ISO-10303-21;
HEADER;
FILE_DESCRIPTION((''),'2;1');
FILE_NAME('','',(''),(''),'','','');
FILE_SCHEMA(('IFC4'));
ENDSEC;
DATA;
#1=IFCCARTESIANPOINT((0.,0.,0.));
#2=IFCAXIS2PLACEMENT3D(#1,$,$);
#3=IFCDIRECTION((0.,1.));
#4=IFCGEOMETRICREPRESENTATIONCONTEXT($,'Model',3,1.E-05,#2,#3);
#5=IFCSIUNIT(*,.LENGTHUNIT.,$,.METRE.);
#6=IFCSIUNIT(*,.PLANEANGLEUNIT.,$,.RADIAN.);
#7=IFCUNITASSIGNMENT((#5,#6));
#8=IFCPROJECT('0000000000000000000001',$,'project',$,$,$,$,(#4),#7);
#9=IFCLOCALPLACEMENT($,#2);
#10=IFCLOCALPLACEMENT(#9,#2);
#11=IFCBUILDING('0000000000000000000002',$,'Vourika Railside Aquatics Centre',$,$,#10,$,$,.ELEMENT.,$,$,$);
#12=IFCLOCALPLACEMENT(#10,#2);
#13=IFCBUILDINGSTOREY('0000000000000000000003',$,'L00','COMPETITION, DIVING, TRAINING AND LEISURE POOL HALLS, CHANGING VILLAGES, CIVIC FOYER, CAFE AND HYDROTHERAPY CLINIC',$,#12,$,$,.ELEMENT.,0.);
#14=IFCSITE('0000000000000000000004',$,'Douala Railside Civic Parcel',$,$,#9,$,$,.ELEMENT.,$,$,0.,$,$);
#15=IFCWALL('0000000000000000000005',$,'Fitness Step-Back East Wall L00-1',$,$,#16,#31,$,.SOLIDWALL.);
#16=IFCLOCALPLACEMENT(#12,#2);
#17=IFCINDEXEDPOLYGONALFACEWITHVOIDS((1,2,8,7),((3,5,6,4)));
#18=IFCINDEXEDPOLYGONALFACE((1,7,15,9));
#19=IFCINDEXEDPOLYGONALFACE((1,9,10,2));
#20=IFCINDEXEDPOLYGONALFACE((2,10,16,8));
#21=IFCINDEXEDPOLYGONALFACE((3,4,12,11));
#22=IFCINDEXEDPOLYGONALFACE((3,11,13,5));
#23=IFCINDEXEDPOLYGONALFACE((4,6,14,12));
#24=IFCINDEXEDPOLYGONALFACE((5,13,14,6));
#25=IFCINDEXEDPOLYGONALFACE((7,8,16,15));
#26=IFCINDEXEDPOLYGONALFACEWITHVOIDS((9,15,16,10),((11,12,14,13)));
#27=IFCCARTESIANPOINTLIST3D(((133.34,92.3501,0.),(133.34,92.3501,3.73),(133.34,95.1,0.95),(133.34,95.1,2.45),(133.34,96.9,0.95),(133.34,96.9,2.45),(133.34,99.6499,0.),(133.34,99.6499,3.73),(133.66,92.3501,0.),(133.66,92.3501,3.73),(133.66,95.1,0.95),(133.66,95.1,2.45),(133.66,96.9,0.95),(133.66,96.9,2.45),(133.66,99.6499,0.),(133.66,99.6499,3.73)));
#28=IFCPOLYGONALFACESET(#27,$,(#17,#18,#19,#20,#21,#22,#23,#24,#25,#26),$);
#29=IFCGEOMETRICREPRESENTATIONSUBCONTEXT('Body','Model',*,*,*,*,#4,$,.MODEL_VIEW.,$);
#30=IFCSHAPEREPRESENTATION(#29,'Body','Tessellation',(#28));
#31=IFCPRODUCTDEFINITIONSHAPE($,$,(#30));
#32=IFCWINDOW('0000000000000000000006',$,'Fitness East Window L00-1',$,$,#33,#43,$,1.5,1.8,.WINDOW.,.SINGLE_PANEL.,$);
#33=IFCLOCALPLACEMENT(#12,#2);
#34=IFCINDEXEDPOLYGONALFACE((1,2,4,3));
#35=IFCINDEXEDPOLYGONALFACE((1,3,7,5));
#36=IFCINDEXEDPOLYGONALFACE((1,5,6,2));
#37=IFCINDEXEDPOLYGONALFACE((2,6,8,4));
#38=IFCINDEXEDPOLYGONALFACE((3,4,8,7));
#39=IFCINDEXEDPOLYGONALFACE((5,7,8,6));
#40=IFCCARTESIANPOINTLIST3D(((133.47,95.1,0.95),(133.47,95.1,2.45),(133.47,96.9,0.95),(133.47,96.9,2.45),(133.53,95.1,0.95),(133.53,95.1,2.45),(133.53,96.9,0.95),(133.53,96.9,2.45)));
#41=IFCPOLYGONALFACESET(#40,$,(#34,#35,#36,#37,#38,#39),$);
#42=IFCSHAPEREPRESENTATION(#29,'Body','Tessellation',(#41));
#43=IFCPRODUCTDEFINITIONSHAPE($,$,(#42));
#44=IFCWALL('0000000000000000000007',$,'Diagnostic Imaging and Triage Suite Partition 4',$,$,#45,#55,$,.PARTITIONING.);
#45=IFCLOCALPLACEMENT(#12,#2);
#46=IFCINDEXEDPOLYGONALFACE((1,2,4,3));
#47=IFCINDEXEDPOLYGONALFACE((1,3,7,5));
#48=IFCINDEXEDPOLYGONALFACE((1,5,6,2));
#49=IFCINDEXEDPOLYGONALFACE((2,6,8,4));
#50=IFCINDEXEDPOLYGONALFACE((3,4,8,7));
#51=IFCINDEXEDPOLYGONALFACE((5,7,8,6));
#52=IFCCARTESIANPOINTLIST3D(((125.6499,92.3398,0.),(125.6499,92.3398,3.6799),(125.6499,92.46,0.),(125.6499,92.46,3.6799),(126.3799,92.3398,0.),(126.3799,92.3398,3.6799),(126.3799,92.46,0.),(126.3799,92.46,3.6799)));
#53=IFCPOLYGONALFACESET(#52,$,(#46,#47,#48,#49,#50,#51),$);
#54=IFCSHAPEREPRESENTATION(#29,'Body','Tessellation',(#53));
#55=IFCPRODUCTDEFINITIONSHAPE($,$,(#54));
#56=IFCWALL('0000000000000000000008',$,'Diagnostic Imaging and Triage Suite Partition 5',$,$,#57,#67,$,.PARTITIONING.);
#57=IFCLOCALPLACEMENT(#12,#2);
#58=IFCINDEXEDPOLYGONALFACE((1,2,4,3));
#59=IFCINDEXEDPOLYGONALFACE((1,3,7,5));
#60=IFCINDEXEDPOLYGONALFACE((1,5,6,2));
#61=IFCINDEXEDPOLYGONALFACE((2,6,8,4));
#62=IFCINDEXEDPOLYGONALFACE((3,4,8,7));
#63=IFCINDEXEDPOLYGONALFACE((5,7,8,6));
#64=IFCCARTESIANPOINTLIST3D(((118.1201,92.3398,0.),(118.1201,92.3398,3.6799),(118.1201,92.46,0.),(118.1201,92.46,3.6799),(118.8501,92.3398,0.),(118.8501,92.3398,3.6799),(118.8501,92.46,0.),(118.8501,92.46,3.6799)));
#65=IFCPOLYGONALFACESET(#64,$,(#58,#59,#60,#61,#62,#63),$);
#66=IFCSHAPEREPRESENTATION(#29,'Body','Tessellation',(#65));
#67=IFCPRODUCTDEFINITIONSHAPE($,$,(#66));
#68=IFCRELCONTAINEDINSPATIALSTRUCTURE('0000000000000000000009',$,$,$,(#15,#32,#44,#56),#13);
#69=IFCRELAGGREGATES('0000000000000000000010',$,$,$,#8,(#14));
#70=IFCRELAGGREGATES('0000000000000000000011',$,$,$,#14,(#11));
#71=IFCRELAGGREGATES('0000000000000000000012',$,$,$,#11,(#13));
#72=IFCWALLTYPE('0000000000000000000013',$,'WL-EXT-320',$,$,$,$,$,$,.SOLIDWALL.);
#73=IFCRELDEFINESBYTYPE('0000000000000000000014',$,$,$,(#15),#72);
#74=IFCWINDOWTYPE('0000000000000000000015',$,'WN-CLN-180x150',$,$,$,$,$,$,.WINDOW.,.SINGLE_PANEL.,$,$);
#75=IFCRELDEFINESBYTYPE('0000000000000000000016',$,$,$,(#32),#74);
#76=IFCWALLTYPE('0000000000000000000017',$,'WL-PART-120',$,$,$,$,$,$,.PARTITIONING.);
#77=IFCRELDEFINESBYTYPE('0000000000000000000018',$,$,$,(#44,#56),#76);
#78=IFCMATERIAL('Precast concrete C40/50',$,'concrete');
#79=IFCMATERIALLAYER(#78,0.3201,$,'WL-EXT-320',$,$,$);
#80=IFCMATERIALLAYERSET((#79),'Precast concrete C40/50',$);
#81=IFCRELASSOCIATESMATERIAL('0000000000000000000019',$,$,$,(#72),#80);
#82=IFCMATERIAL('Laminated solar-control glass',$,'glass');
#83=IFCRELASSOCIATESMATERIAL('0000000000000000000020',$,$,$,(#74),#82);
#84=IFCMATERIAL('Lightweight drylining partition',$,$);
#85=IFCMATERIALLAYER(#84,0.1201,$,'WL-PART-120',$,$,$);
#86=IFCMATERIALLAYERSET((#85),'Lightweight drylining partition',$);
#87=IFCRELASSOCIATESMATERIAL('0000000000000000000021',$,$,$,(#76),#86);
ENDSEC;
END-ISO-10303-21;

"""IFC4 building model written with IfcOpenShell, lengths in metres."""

from ifc_helpers import new_model, si_unit, direction, frame, frame_2d, origin, place, context, subcontext, project, spatial, rectangle, extrude, material, layer, layer_set, type_object, element, fill, save


model = new_model("IFC4")

# Units and contexts
model_context = context("Model", 3, precision=1e-05, world=origin(), true_north=direction((0.0, 1.0)))
body_context = subcontext(model_context, "Body", "Model", "MODEL_VIEW")
ifc_project = project(units=[si_unit("LENGTHUNIT", "METRE"), si_unit("PLANEANGLEUNIT", "RADIAN")], contexts=[model_context])

# Site, building, storey
site_placement = place(None, origin())
site = spatial("IfcSite", under=ifc_project, at=site_placement, Name="Douala Railside Civic Parcel", CompositionType="ELEMENT", RefElevation=0.0)
building_placement = place(site_placement, origin())
building = spatial("IfcBuilding", under=site, at=building_placement, Name="Vourika Railside Aquatics Centre", CompositionType="ELEMENT")
storey_placement = place(building_placement, origin())
storey = spatial("IfcBuildingStorey", under=building, at=storey_placement, Name="L00", Description="COMPETITION, DIVING, TRAINING AND LEISURE POOL HALLS, CHANGING VILLAGES, CIVIC FOYER, CAFE AND HYDROTHERAPY CLINIC", CompositionType="ELEMENT", Elevation=0.0)

# Wall, opening, window
ifc_material_1 = material(Name="Precast concrete C40/50", Category="concrete")
ifc_layer_1 = layer(ifc_material_1, 0.3201, Name="WL-EXT-320")
ifc_layer_set_1 = layer_set([ifc_layer_1], Name="Precast concrete C40/50")
wall_type_1 = type_object("IfcWallType", Name="WL-EXT-320", PredefinedType="SOLIDWALL", material=ifc_layer_set_1)
wall_placement = place(storey_placement, frame((133.5, 92.3501, 0.0), z_axis=(0.0, 0.0, 1.0), x_axis=(0.0, 1.0, 0.0)))
wall = element("IfcWall", 1, at=wall_placement, inside=storey, type_object=wall_type_1, Name="Fitness Step-Back East Wall L00-1", PredefinedType="SOLIDWALL", context=body_context, shape_type="SweptSolid", body=[
    extrude(rectangle(XDim=7.2998, YDim=0.3201, at=frame_2d((3.6499, 0.0))), origin(), (0.0, 0.0, 1.0), 3.73),
])
opening_placement = place(wall_placement, frame((2.75, 0.0, 0.95)))
opening = element("IfcOpeningElement", 2, at=opening_placement, cuts=wall, PredefinedType="OPENING", context=body_context, shape_type="SweptSolid", body=[
    extrude(rectangle(XDim=1.8, YDim=1.5, at=frame_2d((0.8999, 0.75))), frame((0.0, 0.1699, 0.0), z_axis=(0.0, -1.0, 0.0), x_axis=(1.0, 0.0, 0.0)), (0.0, 0.0, 1.0), 0.3401),
])
ifc_material_2 = material(Name="Laminated solar-control glass", Category="glass")
window_type = type_object("IfcWindowType", Name="WN-CLN-180x150", PartitioningType="SINGLE_PANEL", PredefinedType="WINDOW", material=ifc_material_2)
window_placement = place(opening_placement, origin())
window = element("IfcWindow", 3, at=window_placement, inside=storey, type_object=window_type, Name="Fitness East Window L00-1", OverallHeight=1.5, OverallWidth=1.8, PartitioningType="SINGLE_PANEL", PredefinedType="WINDOW", context=body_context, shape_type="SweptSolid", body=[
    extrude(rectangle(XDim=1.8, YDim=1.5, at=frame_2d((0.8999, 0.75))), frame((0.0, 0.03, 0.0), z_axis=(0.0, -1.0, 0.0), x_axis=(1.0, 0.0, 0.0)), (0.0, 0.0, 1.0), 0.0601),
])
fill(opening, window)

# Walls
ifc_material_3 = material(Name="Lightweight drylining partition")
ifc_layer_2 = layer(ifc_material_3, 0.1201, Name="WL-PART-120")
ifc_layer_set_2 = layer_set([ifc_layer_2], Name="Lightweight drylining partition")
wall_type_2 = type_object("IfcWallType", Name="WL-PART-120", PredefinedType="PARTITIONING", material=ifc_layer_set_2)
for number, where, z_axis, x_axis, name in (
    (4, (126.3799, 92.3999, 0.0), (0.0, 0.0, 1.0), (-1.0, 0.0, 0.0), "Diagnostic Imaging and Triage Suite Partition 4"),
    (5, (118.8501, 92.3999, 0.0), (0.0, 0.0, 1.0), (-1.0, 0.0, 0.0), "Diagnostic Imaging and Triage Suite Partition 5"),
):
    element("IfcWall", number, at=place(storey_placement, frame(where, z_axis=z_axis, x_axis=x_axis)), inside=storey, type_object=wall_type_2, Name=name, PredefinedType="PARTITIONING", context=body_context, shape_type="SweptSolid", body=[
        extrude(rectangle(XDim=0.73, YDim=0.1201, at=frame_2d((0.365, 0.0))), origin(), (0.0, 0.0, 1.0), 3.6799),
    ])

save(model, "model.ifc")
